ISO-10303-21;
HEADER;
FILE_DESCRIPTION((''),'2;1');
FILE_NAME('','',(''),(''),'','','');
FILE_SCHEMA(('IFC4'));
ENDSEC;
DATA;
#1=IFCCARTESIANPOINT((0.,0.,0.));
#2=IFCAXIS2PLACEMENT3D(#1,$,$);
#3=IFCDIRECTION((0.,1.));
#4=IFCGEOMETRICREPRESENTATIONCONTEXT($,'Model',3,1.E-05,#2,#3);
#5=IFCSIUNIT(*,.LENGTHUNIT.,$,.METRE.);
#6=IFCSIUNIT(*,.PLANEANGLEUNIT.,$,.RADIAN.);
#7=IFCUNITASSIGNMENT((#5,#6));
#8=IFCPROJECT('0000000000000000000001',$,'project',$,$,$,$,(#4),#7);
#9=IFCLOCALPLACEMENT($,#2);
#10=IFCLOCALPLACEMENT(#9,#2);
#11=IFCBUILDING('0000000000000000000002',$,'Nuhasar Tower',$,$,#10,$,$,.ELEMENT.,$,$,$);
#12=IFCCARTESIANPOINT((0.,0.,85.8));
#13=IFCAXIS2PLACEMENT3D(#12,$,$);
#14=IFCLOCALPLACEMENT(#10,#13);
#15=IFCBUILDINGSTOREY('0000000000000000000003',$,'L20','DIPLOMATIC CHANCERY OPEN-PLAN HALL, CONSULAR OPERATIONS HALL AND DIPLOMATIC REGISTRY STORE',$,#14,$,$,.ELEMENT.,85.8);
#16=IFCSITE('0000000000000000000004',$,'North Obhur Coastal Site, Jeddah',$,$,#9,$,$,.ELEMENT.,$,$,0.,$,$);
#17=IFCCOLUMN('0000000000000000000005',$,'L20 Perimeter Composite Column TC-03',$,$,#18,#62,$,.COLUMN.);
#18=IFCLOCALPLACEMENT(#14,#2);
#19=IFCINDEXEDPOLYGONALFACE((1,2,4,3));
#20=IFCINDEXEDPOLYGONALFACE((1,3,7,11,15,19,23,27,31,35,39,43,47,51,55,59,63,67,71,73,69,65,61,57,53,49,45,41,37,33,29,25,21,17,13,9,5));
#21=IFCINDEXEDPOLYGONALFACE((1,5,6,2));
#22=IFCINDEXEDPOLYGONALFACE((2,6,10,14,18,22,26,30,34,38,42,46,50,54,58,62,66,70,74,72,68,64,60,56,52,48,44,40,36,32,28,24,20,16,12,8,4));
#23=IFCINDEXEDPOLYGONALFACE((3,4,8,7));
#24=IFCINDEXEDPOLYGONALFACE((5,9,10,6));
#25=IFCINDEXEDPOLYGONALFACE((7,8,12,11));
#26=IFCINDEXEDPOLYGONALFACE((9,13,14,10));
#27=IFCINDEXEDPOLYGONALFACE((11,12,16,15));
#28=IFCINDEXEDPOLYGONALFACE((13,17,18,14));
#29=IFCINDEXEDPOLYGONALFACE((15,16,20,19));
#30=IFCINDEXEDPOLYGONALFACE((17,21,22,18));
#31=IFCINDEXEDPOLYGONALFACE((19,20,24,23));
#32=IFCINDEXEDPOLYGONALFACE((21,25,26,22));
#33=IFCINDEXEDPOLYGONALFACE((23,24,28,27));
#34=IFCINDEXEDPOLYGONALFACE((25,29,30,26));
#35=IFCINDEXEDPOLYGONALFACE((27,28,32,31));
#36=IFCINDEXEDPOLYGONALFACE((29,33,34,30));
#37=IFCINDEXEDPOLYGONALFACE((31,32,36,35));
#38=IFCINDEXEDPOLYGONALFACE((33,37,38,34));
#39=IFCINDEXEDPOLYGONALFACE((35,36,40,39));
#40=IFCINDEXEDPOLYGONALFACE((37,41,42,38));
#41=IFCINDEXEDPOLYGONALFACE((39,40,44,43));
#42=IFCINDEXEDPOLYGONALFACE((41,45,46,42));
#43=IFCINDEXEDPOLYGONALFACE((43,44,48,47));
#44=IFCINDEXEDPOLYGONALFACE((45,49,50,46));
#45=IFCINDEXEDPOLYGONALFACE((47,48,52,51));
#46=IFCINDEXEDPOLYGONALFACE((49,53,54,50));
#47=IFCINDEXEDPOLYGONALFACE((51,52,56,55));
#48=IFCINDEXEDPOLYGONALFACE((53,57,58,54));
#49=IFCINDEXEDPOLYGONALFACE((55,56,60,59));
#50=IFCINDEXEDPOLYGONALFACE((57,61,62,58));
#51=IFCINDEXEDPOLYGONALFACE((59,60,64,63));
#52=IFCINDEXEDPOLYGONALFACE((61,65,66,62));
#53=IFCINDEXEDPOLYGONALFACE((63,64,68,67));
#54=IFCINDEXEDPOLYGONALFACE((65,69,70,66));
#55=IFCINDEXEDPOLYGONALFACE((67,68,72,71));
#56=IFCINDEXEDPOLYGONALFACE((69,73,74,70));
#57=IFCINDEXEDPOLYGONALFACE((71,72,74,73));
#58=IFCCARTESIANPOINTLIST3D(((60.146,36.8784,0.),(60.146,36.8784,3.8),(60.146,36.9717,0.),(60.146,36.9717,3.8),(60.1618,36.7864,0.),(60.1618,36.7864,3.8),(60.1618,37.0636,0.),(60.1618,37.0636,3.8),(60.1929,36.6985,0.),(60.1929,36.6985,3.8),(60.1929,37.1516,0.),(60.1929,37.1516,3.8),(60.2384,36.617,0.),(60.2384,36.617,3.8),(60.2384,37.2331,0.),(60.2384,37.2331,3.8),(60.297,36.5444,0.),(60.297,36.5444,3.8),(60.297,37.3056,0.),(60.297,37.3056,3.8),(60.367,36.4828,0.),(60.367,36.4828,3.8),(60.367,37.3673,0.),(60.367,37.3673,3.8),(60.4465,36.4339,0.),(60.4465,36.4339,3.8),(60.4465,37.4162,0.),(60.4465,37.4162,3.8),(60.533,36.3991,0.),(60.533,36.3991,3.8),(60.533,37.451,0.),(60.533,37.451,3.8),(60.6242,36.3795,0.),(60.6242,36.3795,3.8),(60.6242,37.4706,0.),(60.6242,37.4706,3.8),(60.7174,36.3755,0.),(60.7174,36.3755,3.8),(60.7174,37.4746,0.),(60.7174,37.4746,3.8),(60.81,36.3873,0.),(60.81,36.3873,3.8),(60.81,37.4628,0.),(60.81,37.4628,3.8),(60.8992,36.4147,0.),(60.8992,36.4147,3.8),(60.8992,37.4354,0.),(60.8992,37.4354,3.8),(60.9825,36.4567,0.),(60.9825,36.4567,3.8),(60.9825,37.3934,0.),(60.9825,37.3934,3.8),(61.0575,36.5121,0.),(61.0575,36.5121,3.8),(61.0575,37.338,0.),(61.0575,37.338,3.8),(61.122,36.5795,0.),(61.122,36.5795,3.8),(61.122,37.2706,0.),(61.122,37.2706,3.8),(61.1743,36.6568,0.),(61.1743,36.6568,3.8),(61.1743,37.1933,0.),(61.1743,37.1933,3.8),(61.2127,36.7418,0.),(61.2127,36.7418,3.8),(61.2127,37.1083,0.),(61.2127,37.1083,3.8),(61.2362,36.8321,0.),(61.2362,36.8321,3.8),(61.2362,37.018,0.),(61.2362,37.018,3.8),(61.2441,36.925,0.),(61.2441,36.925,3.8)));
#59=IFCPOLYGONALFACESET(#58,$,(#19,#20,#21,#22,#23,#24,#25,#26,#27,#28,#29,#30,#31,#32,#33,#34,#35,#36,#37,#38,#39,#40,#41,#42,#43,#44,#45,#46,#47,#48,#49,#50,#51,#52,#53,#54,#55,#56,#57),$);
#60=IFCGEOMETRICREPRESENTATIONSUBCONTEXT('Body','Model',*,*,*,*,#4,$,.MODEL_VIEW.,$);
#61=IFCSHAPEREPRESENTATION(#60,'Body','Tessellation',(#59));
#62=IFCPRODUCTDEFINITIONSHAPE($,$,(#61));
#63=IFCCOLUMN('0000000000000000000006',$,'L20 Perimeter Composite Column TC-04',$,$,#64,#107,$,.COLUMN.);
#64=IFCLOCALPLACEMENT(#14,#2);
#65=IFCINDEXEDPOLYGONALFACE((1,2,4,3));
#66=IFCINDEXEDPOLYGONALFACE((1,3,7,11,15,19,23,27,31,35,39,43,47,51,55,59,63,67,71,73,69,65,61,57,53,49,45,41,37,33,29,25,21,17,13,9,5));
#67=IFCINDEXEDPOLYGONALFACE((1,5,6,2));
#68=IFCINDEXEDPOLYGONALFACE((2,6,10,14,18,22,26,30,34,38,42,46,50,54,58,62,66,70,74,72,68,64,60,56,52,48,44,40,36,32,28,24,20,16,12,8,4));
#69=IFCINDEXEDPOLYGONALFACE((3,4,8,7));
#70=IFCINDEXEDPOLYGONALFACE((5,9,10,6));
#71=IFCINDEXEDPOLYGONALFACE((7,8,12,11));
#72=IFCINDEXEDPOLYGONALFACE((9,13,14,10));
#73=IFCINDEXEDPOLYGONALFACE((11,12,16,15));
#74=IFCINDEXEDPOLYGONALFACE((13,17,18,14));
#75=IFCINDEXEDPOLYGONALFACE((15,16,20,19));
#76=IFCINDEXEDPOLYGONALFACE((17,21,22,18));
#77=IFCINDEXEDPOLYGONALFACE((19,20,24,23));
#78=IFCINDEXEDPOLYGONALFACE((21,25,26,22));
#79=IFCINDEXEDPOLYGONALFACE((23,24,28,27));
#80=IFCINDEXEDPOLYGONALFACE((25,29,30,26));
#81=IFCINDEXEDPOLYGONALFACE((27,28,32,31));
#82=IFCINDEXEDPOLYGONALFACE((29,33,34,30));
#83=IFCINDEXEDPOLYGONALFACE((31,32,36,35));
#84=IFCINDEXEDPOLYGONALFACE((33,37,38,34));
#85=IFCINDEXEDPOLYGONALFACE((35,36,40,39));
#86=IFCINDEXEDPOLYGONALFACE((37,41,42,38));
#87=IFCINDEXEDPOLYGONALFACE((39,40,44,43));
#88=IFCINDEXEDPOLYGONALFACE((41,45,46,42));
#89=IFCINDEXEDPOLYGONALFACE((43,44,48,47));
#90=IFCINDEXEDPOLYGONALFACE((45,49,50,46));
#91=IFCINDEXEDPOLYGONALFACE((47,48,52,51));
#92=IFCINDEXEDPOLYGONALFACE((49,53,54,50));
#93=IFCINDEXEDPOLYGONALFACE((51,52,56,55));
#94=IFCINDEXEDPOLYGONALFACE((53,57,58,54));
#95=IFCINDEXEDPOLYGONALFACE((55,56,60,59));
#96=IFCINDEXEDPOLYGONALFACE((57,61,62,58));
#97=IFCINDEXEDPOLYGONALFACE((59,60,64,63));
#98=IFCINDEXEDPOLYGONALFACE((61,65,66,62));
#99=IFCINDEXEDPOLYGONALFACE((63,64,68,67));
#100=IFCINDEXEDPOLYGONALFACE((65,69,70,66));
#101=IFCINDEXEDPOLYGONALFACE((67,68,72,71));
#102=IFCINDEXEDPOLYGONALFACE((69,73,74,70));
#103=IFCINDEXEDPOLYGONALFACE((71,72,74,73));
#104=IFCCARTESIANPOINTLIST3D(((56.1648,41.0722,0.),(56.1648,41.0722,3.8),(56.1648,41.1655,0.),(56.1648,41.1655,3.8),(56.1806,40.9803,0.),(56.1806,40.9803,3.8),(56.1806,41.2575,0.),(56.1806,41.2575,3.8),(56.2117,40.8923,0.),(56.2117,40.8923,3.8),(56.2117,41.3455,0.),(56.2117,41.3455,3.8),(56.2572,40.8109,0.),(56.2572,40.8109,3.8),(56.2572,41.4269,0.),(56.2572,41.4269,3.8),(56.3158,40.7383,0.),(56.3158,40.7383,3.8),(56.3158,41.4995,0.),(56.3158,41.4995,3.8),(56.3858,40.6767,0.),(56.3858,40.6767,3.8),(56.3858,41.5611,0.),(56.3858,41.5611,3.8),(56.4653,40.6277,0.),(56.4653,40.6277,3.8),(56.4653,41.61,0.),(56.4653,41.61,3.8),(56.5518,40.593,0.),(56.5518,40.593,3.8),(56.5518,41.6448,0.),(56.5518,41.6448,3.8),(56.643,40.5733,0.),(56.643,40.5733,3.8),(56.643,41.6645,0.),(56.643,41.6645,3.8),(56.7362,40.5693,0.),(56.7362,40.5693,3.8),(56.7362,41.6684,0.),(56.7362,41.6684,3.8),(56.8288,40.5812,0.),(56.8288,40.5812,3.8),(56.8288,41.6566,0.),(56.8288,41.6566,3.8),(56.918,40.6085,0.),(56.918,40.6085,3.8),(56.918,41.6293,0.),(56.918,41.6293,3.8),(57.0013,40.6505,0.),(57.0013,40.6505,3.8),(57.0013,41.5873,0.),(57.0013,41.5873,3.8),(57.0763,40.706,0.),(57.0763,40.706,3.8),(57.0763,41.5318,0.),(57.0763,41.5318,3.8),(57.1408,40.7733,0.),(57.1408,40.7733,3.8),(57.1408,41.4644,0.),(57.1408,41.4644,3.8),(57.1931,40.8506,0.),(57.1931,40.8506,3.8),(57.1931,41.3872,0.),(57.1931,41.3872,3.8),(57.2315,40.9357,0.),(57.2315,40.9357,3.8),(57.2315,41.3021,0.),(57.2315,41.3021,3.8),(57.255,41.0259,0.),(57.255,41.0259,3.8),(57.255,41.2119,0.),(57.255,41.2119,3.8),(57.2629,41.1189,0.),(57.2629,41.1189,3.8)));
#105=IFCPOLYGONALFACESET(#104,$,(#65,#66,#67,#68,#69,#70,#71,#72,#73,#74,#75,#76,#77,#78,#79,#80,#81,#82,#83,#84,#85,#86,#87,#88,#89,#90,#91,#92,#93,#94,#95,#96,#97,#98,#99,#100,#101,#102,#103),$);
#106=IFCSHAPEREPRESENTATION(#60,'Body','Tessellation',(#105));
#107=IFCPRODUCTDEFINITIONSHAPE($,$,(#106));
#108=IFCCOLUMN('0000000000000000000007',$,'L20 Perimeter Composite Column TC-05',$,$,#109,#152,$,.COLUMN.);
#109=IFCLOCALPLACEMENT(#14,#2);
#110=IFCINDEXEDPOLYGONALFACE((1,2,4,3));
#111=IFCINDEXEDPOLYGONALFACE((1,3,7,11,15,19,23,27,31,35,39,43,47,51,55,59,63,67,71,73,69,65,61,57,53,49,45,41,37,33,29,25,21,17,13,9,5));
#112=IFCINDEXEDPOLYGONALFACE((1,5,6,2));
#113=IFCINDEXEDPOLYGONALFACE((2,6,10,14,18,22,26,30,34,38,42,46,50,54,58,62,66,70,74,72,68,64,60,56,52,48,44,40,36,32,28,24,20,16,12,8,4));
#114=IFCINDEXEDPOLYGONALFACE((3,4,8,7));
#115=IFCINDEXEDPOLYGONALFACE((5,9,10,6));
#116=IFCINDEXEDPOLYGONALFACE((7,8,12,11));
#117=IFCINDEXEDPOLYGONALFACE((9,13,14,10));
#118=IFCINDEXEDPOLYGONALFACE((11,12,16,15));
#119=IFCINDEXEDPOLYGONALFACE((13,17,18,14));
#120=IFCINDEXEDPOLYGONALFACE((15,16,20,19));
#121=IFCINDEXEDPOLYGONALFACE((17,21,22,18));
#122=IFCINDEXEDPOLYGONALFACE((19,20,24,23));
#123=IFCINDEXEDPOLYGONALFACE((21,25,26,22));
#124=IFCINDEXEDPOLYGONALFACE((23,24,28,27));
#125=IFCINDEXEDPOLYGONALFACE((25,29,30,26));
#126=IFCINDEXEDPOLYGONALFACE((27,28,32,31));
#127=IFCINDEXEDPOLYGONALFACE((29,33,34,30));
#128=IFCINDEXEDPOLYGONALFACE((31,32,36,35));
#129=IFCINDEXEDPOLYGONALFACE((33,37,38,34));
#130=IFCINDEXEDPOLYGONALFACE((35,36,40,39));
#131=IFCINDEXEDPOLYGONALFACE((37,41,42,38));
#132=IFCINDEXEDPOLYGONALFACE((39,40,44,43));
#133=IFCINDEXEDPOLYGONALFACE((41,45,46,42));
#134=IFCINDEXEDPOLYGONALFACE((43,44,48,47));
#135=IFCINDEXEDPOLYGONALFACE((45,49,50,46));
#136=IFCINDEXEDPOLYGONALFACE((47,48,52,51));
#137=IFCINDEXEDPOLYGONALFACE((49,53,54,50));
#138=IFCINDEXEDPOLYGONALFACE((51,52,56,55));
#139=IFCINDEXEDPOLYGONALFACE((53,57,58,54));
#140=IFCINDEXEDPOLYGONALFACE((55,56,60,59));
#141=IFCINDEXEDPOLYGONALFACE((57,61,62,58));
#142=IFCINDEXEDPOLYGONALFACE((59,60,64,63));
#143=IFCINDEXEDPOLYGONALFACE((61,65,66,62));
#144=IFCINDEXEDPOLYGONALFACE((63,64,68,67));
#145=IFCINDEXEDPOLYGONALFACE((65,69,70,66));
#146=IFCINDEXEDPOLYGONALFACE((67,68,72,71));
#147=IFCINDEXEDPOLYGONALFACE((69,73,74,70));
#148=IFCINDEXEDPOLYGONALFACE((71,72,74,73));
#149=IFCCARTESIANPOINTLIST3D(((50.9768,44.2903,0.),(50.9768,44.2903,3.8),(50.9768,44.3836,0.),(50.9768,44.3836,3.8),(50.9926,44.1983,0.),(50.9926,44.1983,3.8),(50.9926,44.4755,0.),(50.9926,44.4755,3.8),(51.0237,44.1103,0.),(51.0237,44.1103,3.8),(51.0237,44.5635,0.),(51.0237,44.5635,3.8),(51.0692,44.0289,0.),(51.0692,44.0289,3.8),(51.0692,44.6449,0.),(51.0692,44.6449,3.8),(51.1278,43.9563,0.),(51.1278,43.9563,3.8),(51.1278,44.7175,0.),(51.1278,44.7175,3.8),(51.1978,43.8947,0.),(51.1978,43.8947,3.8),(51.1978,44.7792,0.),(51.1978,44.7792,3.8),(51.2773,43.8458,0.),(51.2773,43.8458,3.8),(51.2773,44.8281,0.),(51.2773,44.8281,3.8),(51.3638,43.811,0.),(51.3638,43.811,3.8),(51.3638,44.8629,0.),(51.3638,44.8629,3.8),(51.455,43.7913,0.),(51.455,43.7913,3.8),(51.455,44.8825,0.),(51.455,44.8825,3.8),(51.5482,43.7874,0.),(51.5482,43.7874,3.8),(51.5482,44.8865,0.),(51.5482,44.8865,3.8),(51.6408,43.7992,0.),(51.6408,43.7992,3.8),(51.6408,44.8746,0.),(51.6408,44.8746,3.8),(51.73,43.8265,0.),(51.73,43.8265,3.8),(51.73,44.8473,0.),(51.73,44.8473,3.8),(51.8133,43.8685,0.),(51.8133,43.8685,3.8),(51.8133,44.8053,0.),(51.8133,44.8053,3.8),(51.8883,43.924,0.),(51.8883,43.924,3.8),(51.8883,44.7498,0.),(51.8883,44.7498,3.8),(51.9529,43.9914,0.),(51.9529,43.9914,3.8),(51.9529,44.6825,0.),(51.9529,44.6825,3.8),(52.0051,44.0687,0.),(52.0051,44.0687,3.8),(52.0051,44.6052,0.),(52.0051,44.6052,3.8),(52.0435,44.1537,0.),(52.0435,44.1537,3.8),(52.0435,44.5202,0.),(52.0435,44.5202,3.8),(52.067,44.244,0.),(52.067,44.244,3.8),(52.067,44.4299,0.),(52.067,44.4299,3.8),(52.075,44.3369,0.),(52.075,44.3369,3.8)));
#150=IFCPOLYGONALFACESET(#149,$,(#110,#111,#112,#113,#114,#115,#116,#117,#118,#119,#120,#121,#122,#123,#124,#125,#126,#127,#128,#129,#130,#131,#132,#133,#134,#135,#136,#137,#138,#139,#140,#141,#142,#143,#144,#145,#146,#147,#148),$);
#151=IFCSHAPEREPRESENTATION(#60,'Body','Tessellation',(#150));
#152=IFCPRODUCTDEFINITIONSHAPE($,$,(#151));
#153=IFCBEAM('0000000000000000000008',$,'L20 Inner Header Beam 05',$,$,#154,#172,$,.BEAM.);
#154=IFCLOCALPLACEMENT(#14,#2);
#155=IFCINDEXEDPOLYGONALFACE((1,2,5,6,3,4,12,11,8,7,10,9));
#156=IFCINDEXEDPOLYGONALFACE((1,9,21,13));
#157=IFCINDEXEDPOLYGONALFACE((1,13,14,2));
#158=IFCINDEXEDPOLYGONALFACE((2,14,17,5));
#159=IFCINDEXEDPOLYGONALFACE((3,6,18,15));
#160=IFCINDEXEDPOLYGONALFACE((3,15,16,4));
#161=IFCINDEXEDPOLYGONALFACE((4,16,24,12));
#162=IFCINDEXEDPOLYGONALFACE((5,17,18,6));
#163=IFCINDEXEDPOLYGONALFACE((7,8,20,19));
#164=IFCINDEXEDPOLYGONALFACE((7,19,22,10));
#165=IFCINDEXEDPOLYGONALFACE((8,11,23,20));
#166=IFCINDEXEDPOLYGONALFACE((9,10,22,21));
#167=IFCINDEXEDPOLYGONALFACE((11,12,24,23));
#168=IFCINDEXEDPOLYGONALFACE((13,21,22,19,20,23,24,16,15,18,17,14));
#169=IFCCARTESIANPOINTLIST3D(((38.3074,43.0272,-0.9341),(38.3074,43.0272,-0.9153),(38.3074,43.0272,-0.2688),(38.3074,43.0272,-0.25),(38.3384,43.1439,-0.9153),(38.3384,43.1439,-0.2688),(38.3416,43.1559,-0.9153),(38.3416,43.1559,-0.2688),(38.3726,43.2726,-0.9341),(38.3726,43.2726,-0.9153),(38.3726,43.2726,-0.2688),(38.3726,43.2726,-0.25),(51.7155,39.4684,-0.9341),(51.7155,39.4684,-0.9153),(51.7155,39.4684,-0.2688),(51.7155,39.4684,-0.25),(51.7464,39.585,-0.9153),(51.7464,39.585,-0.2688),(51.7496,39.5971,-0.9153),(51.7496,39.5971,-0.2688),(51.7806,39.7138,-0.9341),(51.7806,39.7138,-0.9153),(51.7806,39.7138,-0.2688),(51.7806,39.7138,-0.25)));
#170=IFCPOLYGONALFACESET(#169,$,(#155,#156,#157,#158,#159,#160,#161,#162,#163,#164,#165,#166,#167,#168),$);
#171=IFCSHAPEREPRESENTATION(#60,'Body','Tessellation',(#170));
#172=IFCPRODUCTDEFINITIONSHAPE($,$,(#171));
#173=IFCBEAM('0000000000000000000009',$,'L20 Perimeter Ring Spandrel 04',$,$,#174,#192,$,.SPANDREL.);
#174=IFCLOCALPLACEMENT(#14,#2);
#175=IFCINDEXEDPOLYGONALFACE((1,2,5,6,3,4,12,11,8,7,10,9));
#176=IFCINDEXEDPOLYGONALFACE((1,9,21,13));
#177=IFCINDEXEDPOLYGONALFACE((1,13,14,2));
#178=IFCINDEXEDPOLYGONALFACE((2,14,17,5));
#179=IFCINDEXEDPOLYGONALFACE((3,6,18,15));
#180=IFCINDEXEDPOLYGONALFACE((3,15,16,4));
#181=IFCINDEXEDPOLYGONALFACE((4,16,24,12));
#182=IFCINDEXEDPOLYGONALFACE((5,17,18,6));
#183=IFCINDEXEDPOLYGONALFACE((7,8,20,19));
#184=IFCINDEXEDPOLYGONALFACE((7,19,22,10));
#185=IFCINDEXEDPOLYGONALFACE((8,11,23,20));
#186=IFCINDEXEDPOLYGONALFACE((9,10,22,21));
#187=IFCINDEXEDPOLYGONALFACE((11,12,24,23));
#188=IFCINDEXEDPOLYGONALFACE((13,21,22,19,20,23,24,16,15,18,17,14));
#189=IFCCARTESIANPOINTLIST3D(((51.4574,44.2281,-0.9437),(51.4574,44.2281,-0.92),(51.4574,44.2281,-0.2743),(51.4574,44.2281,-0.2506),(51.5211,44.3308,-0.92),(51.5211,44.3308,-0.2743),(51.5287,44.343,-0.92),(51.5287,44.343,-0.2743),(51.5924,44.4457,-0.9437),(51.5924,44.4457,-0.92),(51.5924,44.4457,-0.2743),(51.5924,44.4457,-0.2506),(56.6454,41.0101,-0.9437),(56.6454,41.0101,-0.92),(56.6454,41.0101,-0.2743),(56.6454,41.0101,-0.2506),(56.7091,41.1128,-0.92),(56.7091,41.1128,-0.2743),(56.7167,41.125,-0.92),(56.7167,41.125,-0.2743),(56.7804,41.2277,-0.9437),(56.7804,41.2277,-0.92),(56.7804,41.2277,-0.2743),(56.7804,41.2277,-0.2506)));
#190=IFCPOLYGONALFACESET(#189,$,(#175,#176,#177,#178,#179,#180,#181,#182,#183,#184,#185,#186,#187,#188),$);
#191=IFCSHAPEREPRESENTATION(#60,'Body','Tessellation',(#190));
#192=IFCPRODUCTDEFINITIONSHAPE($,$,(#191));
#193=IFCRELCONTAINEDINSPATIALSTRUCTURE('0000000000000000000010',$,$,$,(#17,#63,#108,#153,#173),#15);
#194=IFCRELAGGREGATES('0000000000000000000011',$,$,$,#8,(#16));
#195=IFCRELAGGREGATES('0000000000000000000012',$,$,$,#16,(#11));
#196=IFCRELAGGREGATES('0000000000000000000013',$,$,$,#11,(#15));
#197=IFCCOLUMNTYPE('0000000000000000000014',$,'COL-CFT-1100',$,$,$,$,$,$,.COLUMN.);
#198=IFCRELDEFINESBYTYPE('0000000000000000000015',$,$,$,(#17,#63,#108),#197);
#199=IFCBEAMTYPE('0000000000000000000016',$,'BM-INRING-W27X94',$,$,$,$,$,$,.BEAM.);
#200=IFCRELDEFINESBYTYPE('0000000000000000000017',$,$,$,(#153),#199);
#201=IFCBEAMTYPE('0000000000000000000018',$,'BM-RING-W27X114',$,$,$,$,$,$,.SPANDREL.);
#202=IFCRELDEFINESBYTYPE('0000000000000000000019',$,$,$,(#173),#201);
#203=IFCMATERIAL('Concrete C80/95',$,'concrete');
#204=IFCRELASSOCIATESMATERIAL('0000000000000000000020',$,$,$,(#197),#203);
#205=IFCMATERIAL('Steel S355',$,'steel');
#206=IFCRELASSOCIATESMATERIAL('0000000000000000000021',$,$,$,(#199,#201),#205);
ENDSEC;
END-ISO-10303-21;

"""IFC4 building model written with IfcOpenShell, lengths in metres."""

from ifc_helpers import new_model, si_unit, direction, frame, origin, origin_2d, place, context, subcontext, project, spatial, circle, i_section, extrude, material, material_profile, profile_set, type_object, element, save


model = new_model("IFC4")

# Units and contexts
model_context = context("Model", 3, precision=1e-05, world=origin(), true_north=direction((0.0, 1.0)))
body_context = subcontext(model_context, "Body", "Model", "MODEL_VIEW")
ifc_project = project(units=[si_unit("LENGTHUNIT", "METRE"), si_unit("PLANEANGLEUNIT", "RADIAN")], contexts=[model_context])

# Site, building, storey
site_placement = place(None, origin())
site = spatial("IfcSite", under=ifc_project, at=site_placement, Name="North Obhur Coastal Site, Jeddah", CompositionType="ELEMENT", RefElevation=0.0)
building_placement = place(site_placement, origin())
building = spatial("IfcBuilding", under=site, at=building_placement, Name="Nuhasar Tower", CompositionType="ELEMENT")
storey_placement = place(building_placement, frame((0.0, 0.0, 85.8)))
storey = spatial("IfcBuildingStorey", under=building, at=storey_placement, Name="L20", Description="DIPLOMATIC CHANCERY OPEN-PLAN HALL, CONSULAR OPERATIONS HALL AND DIPLOMATIC REGISTRY STORE", CompositionType="ELEMENT", Elevation=85.8)

# Columns
ifc_material_1 = material(Name="Concrete C80/95", Category="concrete")
ifc_material_profile_1 = material_profile(ifc_material_1, circle(Radius=0.55, at=origin_2d()), Name="CFT1100")
ifc_profile_set_1 = profile_set([ifc_material_profile_1], Name="Concrete C80/95")
column_type = type_object("IfcColumnType", Name="COL-CFT-1100", PredefinedType="COLUMN", material=ifc_profile_set_1)
for number, where, z_axis, x_axis, name in (
    (1, (60.6941, 36.925, 0.0), (0.0, 0.0, 1.0), (1.0, 0.0, 0.0), "L20 Perimeter Composite Column TC-03"),
    (2, (56.7129, 41.1189, 0.0), (0.0, 0.0, 1.0), (1.0, 0.0, 0.0), "L20 Perimeter Composite Column TC-04"),
    (3, (51.5249, 44.3369, 0.0), (0.0, 0.0, 1.0), (1.0, 0.0, 0.0), "L20 Perimeter Composite Column TC-05"),
):
    element("IfcColumn", number, at=place(storey_placement, frame(where, z_axis=z_axis, x_axis=x_axis)), inside=storey, type_object=column_type, Name=name, PredefinedType="COLUMN", context=body_context, shape_type="SweptSolid", body=[
        extrude(circle(Radius=0.55, at=origin_2d()), origin(), (0.0, 0.0, 1.0), 3.8),
    ])

# Beams
ifc_material_2 = material(Name="Steel S355", Category="steel")
ifc_material_profile_2 = material_profile(ifc_material_2, i_section(OverallWidth=0.2539, OverallDepth=0.6841, WebThickness=0.0125, FlangeThickness=0.0188, at=origin_2d()), Name="W27X94")
ifc_profile_set_2 = profile_set([ifc_material_profile_2], Name="Steel S355")
beam_type_1 = type_object("IfcBeamType", Name="BM-INRING-W27X94", PredefinedType="BEAM", material=ifc_profile_set_2)
beam_1_placement = place(storey_placement, frame((51.748, 39.5911, -0.592), z_axis=(-0.966533, 0.256544, 0.0), x_axis=(-0.256544, -0.966533, 0.0)))
element("IfcBeam", 4, at=beam_1_placement, inside=storey, type_object=beam_type_1, Name="L20 Inner Header Beam 05", PredefinedType="BEAM", context=body_context, shape_type="SweptSolid", body=[
    extrude(i_section(OverallWidth=0.2539, OverallDepth=0.6841, WebThickness=0.0125, FlangeThickness=0.0188, at=origin_2d()), origin(), (0.0, 0.0, 1.0), 13.8723),
])
ifc_material_profile_3 = material_profile(ifc_material_2, i_section(OverallWidth=0.2561, OverallDepth=0.6931, WebThickness=0.0144, FlangeThickness=0.0237, at=origin_2d()), Name="W27X114")
ifc_profile_set_3 = profile_set([ifc_material_profile_3], Name="Steel S355")
beam_type_2 = type_object("IfcBeamType", Name="BM-RING-W27X114", PredefinedType="SPANDREL", material=ifc_profile_set_3)
beam_2_placement = place(storey_placement, frame((56.7129, 41.1189, -0.5972), z_axis=(-0.849795, 0.527113, 0.0), x_axis=(-0.527113, -0.849795, 0.0)))
element("IfcBeam", 5, at=beam_2_placement, inside=storey, type_object=beam_type_2, Name="L20 Perimeter Ring Spandrel 04", PredefinedType="SPANDREL", context=body_context, shape_type="SweptSolid", body=[
    extrude(i_section(OverallWidth=0.2561, OverallDepth=0.6931, WebThickness=0.0144, FlangeThickness=0.0237, at=origin_2d()), origin(), (0.0, 0.0, 1.0), 6.105),
])

save(model, "model.ifc")
